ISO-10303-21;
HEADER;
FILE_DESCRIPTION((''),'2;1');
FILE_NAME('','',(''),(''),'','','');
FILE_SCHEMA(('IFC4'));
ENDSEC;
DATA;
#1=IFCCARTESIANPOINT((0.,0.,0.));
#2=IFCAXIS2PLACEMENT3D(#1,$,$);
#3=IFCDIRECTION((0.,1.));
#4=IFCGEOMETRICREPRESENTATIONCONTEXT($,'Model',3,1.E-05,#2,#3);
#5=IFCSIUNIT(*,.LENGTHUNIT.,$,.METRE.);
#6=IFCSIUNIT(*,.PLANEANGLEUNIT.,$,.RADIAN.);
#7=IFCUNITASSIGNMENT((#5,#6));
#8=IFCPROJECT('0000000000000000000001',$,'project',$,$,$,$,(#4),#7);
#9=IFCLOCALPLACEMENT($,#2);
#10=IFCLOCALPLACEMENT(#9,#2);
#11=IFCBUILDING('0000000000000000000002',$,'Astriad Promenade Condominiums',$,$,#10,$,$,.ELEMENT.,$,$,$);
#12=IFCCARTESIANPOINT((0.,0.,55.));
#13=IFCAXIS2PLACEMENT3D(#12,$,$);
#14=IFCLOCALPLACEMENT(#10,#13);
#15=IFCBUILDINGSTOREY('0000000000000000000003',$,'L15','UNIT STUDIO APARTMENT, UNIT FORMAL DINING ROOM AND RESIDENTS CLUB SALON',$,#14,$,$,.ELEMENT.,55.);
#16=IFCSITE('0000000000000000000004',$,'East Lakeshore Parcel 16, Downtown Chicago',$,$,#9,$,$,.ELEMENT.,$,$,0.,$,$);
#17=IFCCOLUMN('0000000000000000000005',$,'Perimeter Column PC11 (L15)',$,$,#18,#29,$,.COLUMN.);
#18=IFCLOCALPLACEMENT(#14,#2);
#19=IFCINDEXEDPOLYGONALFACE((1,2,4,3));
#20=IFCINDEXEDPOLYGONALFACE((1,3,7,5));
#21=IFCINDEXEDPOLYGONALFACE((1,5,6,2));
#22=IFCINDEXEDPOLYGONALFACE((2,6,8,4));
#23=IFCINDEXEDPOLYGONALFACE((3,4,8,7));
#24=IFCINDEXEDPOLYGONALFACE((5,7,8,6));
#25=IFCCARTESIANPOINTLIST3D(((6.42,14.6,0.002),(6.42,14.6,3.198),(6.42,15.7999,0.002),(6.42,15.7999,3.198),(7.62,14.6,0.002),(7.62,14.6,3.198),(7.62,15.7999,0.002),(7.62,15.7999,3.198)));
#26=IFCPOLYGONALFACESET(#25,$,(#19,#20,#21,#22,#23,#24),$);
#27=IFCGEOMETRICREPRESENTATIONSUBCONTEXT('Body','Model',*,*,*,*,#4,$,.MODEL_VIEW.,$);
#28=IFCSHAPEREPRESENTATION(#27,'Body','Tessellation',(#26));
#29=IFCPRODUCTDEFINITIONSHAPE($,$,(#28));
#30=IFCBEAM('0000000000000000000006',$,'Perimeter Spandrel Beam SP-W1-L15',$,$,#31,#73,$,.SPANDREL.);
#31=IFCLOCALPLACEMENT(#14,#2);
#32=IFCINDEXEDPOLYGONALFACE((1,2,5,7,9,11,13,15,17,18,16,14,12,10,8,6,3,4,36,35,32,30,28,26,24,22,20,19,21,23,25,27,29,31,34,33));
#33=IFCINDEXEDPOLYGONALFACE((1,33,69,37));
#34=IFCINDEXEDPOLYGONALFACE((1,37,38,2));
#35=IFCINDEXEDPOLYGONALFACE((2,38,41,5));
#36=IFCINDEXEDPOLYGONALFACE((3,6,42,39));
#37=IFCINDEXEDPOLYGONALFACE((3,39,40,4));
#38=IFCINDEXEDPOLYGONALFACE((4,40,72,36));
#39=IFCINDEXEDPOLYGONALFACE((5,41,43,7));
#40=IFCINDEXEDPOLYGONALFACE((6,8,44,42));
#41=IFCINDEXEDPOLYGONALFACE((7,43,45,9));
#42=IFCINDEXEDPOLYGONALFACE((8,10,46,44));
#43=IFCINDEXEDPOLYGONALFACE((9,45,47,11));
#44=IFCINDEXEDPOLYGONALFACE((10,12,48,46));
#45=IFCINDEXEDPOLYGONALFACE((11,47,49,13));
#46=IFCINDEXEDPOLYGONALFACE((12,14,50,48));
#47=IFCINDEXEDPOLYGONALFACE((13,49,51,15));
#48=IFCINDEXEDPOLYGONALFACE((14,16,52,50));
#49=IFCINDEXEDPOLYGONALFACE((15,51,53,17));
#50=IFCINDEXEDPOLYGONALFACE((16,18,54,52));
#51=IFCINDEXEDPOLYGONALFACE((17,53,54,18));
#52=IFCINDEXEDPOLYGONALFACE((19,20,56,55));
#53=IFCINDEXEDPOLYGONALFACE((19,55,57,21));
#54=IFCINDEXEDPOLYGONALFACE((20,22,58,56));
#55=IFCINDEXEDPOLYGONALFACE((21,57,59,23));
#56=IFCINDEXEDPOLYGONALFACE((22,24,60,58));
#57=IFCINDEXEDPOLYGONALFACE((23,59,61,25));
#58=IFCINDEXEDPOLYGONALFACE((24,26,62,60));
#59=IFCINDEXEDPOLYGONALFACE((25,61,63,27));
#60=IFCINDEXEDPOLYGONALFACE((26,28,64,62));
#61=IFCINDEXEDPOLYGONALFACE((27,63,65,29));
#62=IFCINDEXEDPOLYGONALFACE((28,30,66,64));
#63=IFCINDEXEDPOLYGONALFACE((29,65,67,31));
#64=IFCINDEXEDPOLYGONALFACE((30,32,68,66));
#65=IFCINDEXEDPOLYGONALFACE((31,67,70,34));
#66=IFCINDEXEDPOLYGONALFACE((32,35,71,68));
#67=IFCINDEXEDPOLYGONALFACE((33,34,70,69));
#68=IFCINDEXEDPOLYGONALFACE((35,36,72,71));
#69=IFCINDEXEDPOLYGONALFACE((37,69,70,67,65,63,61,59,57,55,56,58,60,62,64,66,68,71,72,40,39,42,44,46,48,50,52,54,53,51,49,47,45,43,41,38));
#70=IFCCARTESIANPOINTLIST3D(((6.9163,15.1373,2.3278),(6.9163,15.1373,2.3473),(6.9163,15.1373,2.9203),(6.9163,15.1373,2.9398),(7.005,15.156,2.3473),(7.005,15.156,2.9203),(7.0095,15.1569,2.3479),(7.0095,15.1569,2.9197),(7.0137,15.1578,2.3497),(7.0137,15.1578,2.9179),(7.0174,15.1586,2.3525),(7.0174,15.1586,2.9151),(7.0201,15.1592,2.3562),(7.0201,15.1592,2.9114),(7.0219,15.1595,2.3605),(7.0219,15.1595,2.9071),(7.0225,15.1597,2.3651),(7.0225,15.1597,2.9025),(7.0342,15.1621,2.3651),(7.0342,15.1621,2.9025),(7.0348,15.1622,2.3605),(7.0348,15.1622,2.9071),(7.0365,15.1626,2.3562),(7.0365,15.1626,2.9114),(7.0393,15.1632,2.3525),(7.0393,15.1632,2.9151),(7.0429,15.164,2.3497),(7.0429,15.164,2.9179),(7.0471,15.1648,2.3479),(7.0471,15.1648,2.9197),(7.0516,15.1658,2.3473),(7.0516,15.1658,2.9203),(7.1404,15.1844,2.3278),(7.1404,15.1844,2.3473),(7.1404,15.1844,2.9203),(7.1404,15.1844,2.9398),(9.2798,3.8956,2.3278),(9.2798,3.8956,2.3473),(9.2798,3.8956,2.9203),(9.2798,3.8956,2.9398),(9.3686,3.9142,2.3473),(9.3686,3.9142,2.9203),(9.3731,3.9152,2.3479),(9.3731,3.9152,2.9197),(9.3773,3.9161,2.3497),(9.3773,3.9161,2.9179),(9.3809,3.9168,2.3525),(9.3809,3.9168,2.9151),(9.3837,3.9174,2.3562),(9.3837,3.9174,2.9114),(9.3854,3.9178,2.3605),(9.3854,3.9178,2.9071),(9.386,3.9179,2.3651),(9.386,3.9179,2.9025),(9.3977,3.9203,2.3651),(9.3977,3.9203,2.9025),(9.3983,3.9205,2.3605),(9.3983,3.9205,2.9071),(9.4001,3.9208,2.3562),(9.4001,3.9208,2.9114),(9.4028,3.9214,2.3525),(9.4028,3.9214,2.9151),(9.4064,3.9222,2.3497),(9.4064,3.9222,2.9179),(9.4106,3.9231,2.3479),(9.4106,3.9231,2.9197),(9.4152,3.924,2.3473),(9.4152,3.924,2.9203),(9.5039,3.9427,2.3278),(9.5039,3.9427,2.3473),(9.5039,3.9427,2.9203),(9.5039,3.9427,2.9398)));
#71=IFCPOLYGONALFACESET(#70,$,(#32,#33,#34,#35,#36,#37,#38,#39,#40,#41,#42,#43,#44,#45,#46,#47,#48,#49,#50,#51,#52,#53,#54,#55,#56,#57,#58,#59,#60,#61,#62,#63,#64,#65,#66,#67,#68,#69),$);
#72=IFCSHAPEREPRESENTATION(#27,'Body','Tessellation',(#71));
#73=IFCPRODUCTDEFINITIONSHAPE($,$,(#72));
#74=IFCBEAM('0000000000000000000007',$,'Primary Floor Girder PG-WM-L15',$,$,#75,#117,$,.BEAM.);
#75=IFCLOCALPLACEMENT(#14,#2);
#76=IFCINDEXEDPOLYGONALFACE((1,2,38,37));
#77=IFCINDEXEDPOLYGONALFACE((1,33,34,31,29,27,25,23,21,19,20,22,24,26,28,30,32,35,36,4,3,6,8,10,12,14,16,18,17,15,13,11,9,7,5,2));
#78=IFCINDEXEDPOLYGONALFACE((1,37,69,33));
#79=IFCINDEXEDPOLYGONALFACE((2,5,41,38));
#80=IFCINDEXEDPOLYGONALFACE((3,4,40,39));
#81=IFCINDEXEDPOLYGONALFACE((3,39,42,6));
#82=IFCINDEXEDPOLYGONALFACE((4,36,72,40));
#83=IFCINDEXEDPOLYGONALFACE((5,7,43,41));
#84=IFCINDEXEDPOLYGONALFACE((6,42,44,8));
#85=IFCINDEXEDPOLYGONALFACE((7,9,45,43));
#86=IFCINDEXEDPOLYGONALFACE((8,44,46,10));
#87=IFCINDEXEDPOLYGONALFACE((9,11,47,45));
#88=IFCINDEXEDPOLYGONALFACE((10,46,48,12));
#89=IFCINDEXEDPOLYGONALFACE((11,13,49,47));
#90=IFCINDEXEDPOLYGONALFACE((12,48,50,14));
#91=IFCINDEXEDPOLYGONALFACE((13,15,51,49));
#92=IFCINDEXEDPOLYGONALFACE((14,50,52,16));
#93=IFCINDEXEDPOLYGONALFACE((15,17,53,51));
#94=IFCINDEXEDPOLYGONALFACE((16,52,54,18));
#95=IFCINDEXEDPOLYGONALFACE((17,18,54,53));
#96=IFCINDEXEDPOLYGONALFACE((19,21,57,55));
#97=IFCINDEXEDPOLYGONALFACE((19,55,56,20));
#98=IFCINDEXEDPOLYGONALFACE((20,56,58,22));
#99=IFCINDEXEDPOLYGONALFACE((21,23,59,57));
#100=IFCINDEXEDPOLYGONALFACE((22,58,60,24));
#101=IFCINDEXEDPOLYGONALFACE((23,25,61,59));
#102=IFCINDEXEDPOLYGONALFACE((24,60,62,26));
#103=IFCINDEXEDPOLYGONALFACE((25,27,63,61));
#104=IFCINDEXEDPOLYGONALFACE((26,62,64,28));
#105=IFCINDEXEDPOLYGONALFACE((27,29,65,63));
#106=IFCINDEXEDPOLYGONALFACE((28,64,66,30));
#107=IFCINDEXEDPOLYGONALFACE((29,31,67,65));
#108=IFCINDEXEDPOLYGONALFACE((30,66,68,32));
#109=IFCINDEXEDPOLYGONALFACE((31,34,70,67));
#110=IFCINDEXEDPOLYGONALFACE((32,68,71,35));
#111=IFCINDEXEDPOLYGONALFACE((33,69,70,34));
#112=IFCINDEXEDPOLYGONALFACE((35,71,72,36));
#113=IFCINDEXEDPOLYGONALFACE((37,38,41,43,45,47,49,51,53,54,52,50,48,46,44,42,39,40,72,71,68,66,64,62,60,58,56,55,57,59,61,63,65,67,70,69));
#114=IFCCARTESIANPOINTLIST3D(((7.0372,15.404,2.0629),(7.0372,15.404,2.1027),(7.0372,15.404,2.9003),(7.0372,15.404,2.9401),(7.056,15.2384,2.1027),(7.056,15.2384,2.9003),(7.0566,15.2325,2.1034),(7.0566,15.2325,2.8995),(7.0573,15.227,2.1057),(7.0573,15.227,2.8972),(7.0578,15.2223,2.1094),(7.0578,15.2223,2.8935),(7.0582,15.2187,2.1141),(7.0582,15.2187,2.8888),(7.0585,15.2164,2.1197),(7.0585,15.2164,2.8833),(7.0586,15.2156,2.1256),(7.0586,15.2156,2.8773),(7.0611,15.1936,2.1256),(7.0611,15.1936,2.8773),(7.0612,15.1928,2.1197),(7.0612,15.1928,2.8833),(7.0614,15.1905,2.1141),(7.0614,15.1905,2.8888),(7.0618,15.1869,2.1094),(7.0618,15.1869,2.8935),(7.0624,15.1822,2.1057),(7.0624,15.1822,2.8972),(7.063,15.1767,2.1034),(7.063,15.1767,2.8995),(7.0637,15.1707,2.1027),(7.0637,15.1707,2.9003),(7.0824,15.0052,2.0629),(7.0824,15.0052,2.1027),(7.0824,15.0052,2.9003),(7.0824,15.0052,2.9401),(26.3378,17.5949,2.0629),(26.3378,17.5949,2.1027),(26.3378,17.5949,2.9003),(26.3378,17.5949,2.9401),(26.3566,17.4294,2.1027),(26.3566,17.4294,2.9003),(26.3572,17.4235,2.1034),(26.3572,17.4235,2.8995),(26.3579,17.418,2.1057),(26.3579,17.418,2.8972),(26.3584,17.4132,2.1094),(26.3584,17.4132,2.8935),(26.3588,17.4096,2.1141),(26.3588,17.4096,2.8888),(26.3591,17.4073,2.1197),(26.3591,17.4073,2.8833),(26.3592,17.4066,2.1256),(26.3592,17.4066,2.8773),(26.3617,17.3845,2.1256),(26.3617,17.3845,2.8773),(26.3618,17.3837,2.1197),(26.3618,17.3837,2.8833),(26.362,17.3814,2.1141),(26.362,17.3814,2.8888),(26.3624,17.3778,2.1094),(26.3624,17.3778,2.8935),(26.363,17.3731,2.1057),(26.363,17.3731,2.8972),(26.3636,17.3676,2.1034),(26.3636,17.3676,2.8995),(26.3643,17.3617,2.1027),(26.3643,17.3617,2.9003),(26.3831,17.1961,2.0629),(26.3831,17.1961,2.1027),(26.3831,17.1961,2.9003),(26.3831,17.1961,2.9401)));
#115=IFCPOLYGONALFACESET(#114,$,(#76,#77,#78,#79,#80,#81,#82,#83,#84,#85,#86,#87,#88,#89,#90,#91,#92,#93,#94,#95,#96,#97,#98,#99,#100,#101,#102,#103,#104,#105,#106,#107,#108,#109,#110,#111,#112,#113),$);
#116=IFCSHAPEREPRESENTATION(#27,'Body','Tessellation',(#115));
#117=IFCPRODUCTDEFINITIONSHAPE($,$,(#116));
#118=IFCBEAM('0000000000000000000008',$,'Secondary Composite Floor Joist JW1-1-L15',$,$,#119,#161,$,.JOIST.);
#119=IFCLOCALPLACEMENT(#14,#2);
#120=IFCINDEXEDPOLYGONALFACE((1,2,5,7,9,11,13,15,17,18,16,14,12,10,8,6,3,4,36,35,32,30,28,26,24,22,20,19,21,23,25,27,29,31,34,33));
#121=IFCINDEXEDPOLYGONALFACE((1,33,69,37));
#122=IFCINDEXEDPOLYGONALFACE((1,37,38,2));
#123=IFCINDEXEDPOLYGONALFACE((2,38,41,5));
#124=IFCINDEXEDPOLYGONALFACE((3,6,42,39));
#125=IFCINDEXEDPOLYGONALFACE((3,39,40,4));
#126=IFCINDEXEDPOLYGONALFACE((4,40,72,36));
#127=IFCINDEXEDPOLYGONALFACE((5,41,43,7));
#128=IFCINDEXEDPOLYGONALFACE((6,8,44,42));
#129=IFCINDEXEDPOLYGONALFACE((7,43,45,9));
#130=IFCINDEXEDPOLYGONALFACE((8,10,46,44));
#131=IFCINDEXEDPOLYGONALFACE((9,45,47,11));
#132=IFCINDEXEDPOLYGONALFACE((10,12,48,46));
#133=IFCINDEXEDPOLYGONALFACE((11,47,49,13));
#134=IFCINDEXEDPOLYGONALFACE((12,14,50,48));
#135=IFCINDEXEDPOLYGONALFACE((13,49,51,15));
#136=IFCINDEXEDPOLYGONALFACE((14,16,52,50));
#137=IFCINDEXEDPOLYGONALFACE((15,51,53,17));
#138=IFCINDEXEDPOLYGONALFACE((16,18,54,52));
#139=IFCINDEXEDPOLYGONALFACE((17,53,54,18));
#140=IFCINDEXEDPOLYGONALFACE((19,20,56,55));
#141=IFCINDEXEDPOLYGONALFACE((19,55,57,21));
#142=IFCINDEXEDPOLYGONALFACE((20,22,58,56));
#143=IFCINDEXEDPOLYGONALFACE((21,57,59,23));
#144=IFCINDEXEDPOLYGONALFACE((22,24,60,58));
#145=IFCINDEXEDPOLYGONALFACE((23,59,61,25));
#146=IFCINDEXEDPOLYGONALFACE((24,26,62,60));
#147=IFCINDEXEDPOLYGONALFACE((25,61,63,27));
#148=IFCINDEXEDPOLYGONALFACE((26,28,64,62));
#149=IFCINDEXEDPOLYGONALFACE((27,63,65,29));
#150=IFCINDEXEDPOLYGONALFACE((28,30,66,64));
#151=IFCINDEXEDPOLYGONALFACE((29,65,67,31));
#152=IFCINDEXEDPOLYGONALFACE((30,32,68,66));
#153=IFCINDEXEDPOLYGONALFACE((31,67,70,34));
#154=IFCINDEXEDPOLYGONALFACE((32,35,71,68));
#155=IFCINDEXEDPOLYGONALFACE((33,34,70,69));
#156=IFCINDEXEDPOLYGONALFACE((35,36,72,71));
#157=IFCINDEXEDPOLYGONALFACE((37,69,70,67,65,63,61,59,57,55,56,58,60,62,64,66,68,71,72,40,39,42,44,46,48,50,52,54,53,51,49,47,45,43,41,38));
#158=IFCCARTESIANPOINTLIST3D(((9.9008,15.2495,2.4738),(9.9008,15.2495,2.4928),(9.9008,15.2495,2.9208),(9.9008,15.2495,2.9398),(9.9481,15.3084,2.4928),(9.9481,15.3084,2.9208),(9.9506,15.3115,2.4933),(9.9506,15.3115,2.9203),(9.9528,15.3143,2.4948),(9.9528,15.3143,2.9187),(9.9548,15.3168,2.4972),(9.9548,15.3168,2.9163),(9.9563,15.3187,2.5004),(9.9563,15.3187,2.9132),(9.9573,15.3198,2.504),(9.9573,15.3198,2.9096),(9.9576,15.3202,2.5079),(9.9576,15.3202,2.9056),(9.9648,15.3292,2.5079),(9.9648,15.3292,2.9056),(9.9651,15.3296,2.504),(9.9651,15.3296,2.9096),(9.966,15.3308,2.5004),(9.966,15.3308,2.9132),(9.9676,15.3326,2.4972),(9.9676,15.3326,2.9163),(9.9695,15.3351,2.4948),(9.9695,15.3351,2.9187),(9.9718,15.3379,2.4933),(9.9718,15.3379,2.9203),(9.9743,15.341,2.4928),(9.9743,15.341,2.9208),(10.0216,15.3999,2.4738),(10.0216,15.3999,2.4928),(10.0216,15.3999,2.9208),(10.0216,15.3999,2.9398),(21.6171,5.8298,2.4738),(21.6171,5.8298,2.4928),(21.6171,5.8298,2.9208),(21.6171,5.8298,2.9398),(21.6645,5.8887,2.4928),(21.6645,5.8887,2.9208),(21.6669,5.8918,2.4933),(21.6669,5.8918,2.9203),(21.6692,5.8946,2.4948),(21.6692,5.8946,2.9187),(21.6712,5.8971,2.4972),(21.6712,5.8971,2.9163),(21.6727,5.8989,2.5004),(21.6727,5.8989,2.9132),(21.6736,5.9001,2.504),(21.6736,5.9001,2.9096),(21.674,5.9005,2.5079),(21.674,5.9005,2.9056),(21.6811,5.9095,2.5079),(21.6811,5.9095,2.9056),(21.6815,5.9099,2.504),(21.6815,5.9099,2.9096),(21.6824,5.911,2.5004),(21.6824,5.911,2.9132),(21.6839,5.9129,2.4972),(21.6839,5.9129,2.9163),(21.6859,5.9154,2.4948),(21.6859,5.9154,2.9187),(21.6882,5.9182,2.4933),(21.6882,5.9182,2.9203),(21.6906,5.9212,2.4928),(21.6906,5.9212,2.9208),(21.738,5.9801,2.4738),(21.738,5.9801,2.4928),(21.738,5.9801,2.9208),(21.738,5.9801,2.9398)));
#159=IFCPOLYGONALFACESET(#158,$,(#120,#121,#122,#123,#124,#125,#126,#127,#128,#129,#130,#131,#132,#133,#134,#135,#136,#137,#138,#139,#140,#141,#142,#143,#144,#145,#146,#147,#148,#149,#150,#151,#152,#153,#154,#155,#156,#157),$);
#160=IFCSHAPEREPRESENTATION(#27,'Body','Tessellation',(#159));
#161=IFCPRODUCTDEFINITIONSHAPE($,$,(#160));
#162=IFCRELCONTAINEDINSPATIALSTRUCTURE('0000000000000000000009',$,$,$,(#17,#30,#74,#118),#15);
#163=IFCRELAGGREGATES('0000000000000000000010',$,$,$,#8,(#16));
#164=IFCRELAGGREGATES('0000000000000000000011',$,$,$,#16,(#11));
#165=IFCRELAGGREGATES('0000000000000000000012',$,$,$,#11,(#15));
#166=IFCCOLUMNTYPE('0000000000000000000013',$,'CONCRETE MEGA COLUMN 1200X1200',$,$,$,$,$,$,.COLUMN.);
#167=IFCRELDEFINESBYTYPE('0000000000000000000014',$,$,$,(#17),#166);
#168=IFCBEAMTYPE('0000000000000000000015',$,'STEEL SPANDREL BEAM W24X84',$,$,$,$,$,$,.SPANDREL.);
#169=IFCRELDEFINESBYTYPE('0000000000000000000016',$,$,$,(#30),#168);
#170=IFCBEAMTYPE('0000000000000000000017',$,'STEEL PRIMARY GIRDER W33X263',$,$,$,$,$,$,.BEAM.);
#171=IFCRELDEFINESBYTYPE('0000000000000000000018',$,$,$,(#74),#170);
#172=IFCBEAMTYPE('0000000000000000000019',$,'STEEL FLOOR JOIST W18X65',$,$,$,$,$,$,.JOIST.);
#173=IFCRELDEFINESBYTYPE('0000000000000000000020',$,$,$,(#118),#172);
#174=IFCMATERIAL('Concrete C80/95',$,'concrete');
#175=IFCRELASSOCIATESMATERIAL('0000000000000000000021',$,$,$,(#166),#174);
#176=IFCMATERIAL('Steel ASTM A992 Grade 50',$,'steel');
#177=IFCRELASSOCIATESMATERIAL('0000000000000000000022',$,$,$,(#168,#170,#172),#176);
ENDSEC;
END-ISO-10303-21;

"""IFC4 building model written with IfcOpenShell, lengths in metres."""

from ifc_helpers import new_model, si_unit, direction, frame, origin, origin_2d, place, context, subcontext, project, spatial, rectangle, i_section, extrude, source, transform, mapped, material, material_profile, profile_set, type_object, type_shapes, element, save


model = new_model("IFC4")

# Units and contexts
model_context = context("Model", 3, precision=1e-05, world=origin(), true_north=direction((0.0, 1.0)))
body_context = subcontext(model_context, "Body", "Model", "MODEL_VIEW")
ifc_project = project(units=[si_unit("LENGTHUNIT", "METRE"), si_unit("PLANEANGLEUNIT", "RADIAN")], contexts=[model_context])

# Site, building, storey
site_placement = place(None, origin())
site = spatial("IfcSite", under=ifc_project, at=site_placement, Name="East Lakeshore Parcel 16, Downtown Chicago", CompositionType="ELEMENT", RefElevation=0.0)
building_placement = place(site_placement, origin())
building = spatial("IfcBuilding", under=site, at=building_placement, Name="Astriad Promenade Condominiums", CompositionType="ELEMENT")
storey_placement = place(building_placement, frame((0.0, 0.0, 55.0)))
storey = spatial("IfcBuildingStorey", under=building, at=storey_placement, Name="L15", Description="UNIT STUDIO APARTMENT, UNIT FORMAL DINING ROOM AND RESIDENTS CLUB SALON", CompositionType="ELEMENT", Elevation=55.0)

# Column
ifc_material_1 = material(Name="Concrete C80/95", Category="concrete")
ifc_material_profile_1 = material_profile(ifc_material_1, rectangle(XDim=1.2, YDim=1.2, at=origin_2d()), Name="RC-COL-1200X1200")
ifc_profile_set_1 = profile_set([ifc_material_profile_1], Name="Concrete C80/95")
column_type = type_object("IfcColumnType", Name="CONCRETE MEGA COLUMN 1200X1200", PredefinedType="COLUMN", material=ifc_profile_set_1)
shared_shape_1 = source(origin(), body_context, "Body", "SweptSolid", [
    extrude(rectangle(XDim=1.2, YDim=1.2, at=origin_2d()), origin(), (0.0, 0.0, 1.0), 3.196),
])
type_shapes(column_type, [shared_shape_1])
column_placement = place(storey_placement, frame((7.02, 15.2, 0.002), z_axis=(0.0, 0.0, 1.0), x_axis=(1.0, 0.0, 0.0)))
element("IfcColumn", 1, at=column_placement, inside=storey, type_object=column_type, Name="Perimeter Column PC11 (L15)", PredefinedType="COLUMN", context=body_context, shape_type="MappedRepresentation", body=[
    mapped(shared_shape_1, transform((0.0, 0.0, 0.0), scale=1.0)),
])

# Beams
ifc_material_2 = material(Name="Steel ASTM A992 Grade 50", Category="steel")
ifc_material_profile_2 = material_profile(ifc_material_2, i_section(OverallWidth=0.229, OverallDepth=0.6121, WebThickness=0.012, FlangeThickness=0.0195, FilletRadius=0.0178, at=origin_2d()), Name="W24X84")
ifc_profile_set_2 = profile_set([ifc_material_profile_2], Name="Steel ASTM A992 Grade 50")
beam_type_1 = type_object("IfcBeamType", Name="STEEL SPANDREL BEAM W24X84", PredefinedType="SPANDREL", material=ifc_profile_set_2)
shared_shape_2 = source(origin(), body_context, "Body", "SweptSolid", [
    extrude(i_section(OverallWidth=0.229, OverallDepth=0.6121, WebThickness=0.012, FlangeThickness=0.0195, FilletRadius=0.0178, at=origin_2d()), origin(), (0.0, 0.0, 1.0), 11.4875),
])
type_shapes(beam_type_1, [shared_shape_2])
beam_1_placement = place(storey_placement, frame((7.0283, 15.1609, 2.6338), z_axis=(0.205748, -0.978605, 0.0), x_axis=(0.978605, 0.205748, 0.0)))
element("IfcBeam", 2, at=beam_1_placement, inside=storey, type_object=beam_type_1, Name="Perimeter Spandrel Beam SP-W1-L15", PredefinedType="SPANDREL", context=body_context, shape_type="MappedRepresentation", body=[
    mapped(shared_shape_2, transform((0.0, 0.0, 0.0), scale=1.0)),
])
ifc_material_profile_3 = material_profile(ifc_material_2, i_section(OverallWidth=0.4014, OverallDepth=0.8772, WebThickness=0.0222, FlangeThickness=0.0398, FilletRadius=0.0229, at=origin_2d()), Name="W33X263")
ifc_profile_set_3 = profile_set([ifc_material_profile_3], Name="Steel ASTM A992 Grade 50")
beam_type_2 = type_object("IfcBeamType", Name="STEEL PRIMARY GIRDER W33X263", PredefinedType="BEAM", material=ifc_profile_set_3)
shared_shape_3 = source(origin(), body_context, "Body", "SweptSolid", [
    extrude(i_section(OverallWidth=0.4014, OverallDepth=0.8772, WebThickness=0.0222, FlangeThickness=0.0398, FilletRadius=0.0229, at=origin_2d()), origin(), (0.0, 0.0, 1.0), 19.4246),
])
type_shapes(beam_type_2, [shared_shape_3])
beam_2_placement = place(storey_placement, frame((7.0598, 15.2046, 2.5015), z_axis=(0.993619, 0.112792, 0.0), x_axis=(-0.112792, 0.993619, 0.0)))
element("IfcBeam", 3, at=beam_2_placement, inside=storey, type_object=beam_type_2, Name="Primary Floor Girder PG-WM-L15", PredefinedType="BEAM", context=body_context, shape_type="MappedRepresentation", body=[
    mapped(shared_shape_3, transform((0.0, 0.0, 0.0), scale=1.0)),
])
ifc_material_profile_4 = material_profile(ifc_material_2, i_section(OverallWidth=0.1929, OverallDepth=0.4661, WebThickness=0.0115, FlangeThickness=0.019, FilletRadius=0.0151, at=origin_2d()), Name="W18X65")
ifc_profile_set_4 = profile_set([ifc_material_profile_4], Name="Steel ASTM A992 Grade 50")
beam_type_3 = type_object("IfcBeamType", Name="STEEL FLOOR JOIST W18X65", PredefinedType="JOIST", material=ifc_profile_set_4)
shared_shape_4 = source(origin(), body_context, "Body", "SweptSolid", [
    extrude(i_section(OverallWidth=0.1929, OverallDepth=0.4661, WebThickness=0.0115, FlangeThickness=0.019, FilletRadius=0.0151, at=origin_2d()), origin(), (0.0, 0.0, 1.0), 15.0334),
])
beam_3_placement = place(storey_placement, frame((9.9612, 15.3247, 2.7068), z_axis=(0.779353, -0.626585, 0.0), x_axis=(0.626585, 0.779353, 0.0)))
element("IfcBeam", 4, at=beam_3_placement, inside=storey, type_object=beam_type_3, Name="Secondary Composite Floor Joist JW1-1-L15", PredefinedType="JOIST", context=body_context, shape_type="MappedRepresentation", body=[
    mapped(shared_shape_4, transform((0.0, 0.0, 0.0), scale=1.0)),
])

save(model, "model.ifc")
